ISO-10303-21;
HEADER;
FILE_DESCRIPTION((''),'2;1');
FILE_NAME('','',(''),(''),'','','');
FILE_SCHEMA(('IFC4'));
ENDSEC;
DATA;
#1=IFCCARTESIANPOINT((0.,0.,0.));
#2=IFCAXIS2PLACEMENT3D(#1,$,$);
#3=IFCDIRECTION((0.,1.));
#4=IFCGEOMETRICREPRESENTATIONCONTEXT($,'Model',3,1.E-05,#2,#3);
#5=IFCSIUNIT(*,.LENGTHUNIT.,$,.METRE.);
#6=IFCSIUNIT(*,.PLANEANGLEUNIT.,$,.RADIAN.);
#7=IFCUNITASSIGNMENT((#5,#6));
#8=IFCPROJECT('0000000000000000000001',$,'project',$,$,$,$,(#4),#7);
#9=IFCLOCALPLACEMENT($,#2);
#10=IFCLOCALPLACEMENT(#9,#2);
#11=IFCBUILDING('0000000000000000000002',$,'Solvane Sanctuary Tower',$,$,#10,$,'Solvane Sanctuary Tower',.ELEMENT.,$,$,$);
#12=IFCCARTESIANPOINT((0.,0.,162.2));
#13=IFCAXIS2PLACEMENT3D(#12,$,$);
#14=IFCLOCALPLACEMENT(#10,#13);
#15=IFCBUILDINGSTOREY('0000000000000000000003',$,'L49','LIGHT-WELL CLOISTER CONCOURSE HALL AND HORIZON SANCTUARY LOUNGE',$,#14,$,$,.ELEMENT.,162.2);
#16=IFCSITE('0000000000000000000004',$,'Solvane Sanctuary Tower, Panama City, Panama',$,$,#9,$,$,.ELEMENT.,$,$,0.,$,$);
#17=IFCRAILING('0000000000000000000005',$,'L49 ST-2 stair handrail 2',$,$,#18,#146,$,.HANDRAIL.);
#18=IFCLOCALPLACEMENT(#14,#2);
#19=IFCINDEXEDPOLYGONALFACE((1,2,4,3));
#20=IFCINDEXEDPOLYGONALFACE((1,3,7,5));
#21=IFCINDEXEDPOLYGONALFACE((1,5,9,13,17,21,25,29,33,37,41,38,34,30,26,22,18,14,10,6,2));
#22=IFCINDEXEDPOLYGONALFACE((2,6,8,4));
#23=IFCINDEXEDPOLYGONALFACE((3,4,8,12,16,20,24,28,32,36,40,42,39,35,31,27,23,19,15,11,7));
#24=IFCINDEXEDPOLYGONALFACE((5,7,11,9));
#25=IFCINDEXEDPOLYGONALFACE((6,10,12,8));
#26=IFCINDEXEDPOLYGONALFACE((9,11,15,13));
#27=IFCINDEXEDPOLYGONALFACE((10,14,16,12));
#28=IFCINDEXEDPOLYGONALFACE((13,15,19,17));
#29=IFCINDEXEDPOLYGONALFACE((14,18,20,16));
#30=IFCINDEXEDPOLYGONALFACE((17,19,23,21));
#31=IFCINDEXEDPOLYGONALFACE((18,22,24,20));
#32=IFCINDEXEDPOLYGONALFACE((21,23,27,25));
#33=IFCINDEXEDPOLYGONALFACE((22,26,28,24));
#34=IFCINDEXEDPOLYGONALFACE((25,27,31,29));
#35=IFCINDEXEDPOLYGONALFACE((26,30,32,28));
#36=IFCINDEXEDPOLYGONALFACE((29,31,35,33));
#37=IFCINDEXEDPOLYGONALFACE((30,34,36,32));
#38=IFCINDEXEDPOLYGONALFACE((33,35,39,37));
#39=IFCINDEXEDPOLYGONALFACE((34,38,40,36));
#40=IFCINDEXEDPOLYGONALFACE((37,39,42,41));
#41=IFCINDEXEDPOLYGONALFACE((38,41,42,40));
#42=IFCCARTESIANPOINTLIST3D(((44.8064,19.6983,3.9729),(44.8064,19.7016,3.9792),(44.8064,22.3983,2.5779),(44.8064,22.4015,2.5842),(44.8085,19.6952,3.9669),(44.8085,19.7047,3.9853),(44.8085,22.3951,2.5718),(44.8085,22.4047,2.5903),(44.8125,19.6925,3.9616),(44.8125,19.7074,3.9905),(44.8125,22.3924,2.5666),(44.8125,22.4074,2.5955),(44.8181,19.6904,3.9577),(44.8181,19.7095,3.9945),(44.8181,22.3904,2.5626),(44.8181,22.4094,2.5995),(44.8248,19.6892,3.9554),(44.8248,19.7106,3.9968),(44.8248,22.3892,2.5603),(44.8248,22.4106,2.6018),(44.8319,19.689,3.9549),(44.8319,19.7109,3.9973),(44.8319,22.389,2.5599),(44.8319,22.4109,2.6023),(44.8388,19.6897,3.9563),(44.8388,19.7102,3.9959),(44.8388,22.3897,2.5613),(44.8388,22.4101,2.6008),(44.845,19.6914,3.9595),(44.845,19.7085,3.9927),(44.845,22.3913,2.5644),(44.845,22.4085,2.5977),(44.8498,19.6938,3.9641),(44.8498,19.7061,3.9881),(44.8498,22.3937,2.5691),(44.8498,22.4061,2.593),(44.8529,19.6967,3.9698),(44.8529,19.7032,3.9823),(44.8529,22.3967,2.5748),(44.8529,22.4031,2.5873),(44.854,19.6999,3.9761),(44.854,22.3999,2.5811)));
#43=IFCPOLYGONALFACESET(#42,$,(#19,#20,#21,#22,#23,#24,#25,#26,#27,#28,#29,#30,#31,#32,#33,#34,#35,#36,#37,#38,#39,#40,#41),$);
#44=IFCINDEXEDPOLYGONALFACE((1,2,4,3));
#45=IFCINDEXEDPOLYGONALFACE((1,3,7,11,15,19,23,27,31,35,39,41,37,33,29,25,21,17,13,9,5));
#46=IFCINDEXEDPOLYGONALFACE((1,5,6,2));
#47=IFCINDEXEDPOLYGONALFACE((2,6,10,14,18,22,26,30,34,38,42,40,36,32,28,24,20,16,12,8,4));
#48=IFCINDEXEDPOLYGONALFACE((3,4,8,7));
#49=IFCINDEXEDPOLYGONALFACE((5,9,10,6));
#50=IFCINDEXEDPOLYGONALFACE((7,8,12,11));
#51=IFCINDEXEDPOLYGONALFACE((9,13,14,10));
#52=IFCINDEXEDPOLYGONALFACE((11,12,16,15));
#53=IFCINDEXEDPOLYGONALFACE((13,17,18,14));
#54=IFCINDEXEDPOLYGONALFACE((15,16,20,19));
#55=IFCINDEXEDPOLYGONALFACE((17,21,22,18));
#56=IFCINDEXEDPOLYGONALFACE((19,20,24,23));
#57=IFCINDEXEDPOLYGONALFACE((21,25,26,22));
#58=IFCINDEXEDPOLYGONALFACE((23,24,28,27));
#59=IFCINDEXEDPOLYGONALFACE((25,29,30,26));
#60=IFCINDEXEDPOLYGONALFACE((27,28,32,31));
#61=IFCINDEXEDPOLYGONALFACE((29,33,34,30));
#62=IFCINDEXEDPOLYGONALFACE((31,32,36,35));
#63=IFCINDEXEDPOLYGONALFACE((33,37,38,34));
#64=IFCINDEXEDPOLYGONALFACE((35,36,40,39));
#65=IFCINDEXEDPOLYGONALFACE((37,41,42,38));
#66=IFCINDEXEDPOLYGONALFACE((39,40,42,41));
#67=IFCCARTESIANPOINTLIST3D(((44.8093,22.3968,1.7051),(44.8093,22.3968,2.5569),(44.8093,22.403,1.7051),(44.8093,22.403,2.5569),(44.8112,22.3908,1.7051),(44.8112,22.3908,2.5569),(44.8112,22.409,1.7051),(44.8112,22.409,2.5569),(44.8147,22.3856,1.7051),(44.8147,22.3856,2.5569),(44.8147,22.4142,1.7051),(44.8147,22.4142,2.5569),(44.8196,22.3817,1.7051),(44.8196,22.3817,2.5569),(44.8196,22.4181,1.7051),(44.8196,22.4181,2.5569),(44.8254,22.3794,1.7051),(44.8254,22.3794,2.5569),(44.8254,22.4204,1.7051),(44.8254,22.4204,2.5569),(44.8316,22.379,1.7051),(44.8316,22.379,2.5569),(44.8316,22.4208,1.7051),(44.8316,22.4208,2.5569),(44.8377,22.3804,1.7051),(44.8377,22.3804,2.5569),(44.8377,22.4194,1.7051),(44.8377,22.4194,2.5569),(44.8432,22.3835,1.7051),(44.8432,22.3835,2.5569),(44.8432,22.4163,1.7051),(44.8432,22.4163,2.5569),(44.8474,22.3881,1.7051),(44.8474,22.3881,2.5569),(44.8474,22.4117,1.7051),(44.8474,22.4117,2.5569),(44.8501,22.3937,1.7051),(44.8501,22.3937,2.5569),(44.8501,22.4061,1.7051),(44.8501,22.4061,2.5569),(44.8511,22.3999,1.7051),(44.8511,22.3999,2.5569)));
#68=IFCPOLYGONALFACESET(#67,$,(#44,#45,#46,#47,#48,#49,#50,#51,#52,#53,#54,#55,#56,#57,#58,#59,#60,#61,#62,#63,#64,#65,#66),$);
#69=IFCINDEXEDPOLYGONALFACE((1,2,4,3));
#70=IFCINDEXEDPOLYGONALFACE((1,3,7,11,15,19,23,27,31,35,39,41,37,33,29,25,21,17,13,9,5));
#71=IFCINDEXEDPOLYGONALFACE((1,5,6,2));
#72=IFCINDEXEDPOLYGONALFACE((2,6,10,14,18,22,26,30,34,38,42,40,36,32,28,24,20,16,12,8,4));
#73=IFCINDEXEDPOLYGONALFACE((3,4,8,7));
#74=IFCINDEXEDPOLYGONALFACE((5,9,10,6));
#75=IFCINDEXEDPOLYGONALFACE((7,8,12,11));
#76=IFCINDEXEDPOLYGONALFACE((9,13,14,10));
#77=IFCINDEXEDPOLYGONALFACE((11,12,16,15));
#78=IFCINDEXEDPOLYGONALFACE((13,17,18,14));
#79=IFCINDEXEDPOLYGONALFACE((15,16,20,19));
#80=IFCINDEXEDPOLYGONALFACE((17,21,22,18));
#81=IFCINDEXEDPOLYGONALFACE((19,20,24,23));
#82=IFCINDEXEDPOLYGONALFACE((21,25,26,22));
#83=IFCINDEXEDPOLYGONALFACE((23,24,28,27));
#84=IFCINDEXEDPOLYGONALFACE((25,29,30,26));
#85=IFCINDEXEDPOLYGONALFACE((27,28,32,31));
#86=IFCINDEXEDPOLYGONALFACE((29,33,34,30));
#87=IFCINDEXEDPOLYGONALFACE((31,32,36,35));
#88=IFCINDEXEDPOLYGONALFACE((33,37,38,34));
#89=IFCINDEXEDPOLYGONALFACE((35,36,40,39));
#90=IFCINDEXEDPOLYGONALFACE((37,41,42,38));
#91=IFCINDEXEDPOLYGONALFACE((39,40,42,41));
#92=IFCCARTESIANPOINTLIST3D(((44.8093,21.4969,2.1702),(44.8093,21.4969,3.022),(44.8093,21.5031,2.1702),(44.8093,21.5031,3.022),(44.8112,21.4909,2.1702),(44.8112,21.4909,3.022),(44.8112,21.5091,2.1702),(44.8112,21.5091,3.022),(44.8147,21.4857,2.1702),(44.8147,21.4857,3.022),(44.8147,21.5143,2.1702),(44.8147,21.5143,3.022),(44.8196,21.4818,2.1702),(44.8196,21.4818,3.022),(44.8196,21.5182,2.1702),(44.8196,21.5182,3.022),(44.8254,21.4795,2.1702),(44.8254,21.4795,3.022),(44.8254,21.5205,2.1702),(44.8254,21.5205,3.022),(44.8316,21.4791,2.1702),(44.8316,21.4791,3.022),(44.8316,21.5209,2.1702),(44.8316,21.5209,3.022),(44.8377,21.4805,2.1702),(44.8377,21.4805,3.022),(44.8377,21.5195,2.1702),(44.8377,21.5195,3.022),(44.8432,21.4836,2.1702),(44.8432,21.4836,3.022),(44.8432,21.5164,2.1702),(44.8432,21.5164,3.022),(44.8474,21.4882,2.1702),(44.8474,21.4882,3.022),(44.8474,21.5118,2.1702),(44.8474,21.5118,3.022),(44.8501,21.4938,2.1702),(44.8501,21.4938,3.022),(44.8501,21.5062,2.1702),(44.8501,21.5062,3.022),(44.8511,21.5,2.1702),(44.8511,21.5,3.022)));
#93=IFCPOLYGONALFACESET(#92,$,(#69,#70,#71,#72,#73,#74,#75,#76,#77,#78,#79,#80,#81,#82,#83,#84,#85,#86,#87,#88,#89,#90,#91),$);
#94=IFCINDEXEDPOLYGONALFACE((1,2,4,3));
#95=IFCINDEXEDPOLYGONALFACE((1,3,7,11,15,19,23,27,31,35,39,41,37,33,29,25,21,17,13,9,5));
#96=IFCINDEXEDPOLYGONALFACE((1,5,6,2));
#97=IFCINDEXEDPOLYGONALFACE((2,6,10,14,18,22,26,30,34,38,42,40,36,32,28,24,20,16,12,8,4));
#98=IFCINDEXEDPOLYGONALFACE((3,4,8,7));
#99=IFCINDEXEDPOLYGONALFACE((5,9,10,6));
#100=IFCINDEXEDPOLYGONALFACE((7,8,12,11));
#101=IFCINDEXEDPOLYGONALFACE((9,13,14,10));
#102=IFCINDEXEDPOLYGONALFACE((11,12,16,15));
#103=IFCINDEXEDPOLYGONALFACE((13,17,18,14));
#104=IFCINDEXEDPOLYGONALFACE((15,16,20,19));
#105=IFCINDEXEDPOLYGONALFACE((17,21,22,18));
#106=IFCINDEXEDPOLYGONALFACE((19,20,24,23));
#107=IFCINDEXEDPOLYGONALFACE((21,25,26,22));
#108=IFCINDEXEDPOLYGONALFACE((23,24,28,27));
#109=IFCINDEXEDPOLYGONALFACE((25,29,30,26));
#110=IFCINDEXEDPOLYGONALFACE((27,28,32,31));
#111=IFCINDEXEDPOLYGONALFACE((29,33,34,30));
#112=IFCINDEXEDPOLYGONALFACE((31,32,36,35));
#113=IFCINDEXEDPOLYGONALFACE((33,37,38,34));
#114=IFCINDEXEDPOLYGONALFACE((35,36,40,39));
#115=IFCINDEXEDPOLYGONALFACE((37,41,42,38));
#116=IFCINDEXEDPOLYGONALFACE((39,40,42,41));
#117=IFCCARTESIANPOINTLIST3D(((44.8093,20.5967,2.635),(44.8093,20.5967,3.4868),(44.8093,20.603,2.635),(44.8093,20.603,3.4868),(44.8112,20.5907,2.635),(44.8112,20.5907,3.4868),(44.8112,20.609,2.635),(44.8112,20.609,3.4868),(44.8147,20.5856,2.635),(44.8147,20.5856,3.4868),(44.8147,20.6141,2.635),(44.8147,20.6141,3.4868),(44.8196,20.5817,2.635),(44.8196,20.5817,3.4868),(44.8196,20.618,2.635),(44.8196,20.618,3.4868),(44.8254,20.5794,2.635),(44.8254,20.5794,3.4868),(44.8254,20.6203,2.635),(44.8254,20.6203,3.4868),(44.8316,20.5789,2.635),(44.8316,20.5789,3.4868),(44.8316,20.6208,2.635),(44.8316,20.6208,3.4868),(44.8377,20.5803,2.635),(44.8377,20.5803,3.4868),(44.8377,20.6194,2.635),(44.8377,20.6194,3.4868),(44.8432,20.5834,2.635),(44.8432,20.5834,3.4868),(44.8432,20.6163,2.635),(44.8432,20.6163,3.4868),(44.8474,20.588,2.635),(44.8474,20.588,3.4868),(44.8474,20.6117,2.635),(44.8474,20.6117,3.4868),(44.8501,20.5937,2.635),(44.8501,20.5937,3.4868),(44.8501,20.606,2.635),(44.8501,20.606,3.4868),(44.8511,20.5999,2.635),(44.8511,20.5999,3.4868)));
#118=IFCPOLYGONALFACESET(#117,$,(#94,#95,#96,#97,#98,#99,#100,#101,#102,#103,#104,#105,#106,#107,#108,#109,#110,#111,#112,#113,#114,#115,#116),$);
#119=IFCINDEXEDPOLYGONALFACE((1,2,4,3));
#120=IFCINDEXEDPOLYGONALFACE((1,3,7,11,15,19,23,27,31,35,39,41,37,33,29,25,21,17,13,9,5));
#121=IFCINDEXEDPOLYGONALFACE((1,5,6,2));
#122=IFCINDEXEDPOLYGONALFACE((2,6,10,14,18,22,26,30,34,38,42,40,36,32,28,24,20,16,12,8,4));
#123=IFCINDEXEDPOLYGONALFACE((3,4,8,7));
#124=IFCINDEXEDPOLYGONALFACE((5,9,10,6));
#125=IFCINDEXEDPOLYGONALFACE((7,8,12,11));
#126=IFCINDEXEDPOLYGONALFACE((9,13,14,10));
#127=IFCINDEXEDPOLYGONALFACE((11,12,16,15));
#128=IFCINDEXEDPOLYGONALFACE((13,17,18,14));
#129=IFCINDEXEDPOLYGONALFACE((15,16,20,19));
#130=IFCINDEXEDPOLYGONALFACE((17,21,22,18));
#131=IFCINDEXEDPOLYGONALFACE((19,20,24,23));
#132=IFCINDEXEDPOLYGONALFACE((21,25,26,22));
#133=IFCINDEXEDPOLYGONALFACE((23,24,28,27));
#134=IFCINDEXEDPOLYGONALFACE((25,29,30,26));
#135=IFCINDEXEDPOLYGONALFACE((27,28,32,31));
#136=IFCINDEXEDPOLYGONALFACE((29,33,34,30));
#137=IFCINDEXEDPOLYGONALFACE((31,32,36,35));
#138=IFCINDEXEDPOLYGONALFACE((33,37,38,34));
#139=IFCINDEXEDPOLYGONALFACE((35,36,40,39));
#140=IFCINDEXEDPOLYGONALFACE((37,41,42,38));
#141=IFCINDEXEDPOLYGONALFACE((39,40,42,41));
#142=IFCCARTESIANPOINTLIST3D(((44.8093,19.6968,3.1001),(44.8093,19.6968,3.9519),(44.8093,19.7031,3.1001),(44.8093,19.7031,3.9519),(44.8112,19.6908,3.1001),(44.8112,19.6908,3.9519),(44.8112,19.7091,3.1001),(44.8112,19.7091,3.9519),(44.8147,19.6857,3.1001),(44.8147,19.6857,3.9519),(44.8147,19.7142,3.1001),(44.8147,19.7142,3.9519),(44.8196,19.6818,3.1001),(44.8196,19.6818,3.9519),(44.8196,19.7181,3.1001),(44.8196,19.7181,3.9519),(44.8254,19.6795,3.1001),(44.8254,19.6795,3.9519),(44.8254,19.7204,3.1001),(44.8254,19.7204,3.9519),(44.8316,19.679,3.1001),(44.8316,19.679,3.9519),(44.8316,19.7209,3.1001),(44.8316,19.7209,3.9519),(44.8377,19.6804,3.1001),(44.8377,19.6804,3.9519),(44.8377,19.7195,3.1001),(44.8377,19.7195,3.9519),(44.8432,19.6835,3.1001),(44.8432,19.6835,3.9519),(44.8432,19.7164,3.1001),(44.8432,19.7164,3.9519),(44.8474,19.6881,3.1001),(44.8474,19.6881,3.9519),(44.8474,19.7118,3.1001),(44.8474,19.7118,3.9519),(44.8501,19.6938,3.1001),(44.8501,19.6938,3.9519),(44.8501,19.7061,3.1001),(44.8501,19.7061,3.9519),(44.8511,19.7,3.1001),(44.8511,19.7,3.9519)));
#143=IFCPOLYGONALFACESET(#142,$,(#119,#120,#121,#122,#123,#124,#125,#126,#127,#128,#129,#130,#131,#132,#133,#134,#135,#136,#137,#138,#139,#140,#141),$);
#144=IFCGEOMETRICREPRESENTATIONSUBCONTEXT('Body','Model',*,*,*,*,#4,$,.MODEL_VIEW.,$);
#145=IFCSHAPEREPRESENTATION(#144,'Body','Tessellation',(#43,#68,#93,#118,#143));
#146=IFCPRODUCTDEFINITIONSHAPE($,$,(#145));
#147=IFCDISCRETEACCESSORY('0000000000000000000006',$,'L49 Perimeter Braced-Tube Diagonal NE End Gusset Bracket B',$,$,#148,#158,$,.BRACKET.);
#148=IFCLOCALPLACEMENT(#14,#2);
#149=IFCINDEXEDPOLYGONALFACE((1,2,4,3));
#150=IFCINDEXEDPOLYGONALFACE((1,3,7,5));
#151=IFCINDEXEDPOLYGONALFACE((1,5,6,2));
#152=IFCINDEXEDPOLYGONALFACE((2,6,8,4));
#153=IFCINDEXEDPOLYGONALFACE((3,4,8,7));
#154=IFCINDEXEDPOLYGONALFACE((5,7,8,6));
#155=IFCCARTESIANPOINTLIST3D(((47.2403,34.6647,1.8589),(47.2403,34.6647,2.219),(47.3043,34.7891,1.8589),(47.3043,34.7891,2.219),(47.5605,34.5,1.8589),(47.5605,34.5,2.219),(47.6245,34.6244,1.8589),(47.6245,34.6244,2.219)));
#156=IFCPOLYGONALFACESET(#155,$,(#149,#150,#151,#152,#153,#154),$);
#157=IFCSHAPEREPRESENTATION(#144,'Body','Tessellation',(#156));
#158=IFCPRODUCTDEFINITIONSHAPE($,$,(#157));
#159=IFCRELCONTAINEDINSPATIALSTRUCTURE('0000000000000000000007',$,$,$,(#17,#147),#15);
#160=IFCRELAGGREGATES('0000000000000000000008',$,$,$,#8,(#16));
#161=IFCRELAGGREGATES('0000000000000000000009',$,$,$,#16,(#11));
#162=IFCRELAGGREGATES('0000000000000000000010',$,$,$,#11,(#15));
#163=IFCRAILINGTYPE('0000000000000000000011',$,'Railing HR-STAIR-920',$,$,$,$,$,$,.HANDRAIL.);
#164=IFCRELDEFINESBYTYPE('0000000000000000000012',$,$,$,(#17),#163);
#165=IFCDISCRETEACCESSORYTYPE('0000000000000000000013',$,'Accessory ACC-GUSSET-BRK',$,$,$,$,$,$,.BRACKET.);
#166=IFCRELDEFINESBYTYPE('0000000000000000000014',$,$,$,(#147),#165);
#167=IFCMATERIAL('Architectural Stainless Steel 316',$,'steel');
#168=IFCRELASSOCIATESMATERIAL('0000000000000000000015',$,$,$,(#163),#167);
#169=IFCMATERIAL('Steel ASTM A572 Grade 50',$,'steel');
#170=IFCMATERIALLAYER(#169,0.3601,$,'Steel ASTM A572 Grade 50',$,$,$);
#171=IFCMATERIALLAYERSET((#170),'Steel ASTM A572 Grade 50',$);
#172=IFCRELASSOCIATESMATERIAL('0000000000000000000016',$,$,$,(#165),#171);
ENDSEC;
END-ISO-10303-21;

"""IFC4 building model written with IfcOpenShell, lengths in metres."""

from ifc_helpers import new_model, si_unit, direction, frame, origin, origin_2d, place, context, subcontext, project, spatial, rectangle, circle, extrude, material, layer, layer_set, type_object, element, save


model = new_model("IFC4")

# Units and contexts
model_context = context("Model", 3, precision=1e-05, world=origin(), true_north=direction((0.0, 1.0)))
body_context = subcontext(model_context, "Body", "Model", "MODEL_VIEW")
ifc_project = project(units=[si_unit("LENGTHUNIT", "METRE"), si_unit("PLANEANGLEUNIT", "RADIAN")], contexts=[model_context])

# Site, building, storey
site_placement = place(None, origin())
site = spatial("IfcSite", under=ifc_project, at=site_placement, Name="Solvane Sanctuary Tower, Panama City, Panama", CompositionType="ELEMENT", RefElevation=0.0)
building_placement = place(site_placement, origin())
building = spatial("IfcBuilding", under=site, at=building_placement, Name="Solvane Sanctuary Tower", LongName="Solvane Sanctuary Tower", CompositionType="ELEMENT")
storey_placement = place(building_placement, frame((0.0, 0.0, 162.2)))
storey = spatial("IfcBuildingStorey", under=building, at=storey_placement, Name="L49", Description="LIGHT-WELL CLOISTER CONCOURSE HALL AND HORIZON SANCTUARY LOUNGE", CompositionType="ELEMENT", Elevation=162.2)

# Shared definitions
ifc_material_1 = material(Name="Architectural Stainless Steel 316", Category="steel")

# Railing
railing_type_1 = type_object("IfcRailingType", Name="Railing HR-STAIR-920", PredefinedType="HANDRAIL", material=ifc_material_1)
railing_1_placement = place(storey_placement, frame((44.8301, 22.3999, 1.7051)))
element("IfcRailing", 1, at=railing_1_placement, inside=storey, type_object=railing_type_1, Name="L49 ST-2 stair handrail 2", PredefinedType="HANDRAIL", context=body_context, shape_type="SweptSolid", body=[
    extrude(circle(Radius=0.0239, at=origin_2d()), frame((0.0, 0.0, 0.876), z_axis=(0.0, -0.88842, 0.459032), x_axis=(1.0, 0.0, 0.0)), (0.0, 0.0, 1.0), 3.0391),
    extrude(circle(Radius=0.021, at=origin_2d()), origin(), (0.0, 0.0, 1.0), 0.8518),
    extrude(circle(Radius=0.021, at=origin_2d()), frame((0.0, -0.8999, 0.4651)), (0.0, 0.0, 1.0), 0.8518),
    extrude(circle(Radius=0.021, at=origin_2d()), frame((0.0, -1.8, 0.9299)), (0.0, 0.0, 1.0), 0.8518),
    extrude(circle(Radius=0.021, at=origin_2d()), frame((0.0, -2.7, 1.395)), (0.0, 0.0, 1.0), 0.8518),
])

# Discrete accessory
ifc_material_2 = material(Name="Steel ASTM A572 Grade 50", Category="steel")
ifc_layer_1 = layer(ifc_material_2, 0.3601, Name="Steel ASTM A572 Grade 50")
ifc_layer_set_1 = layer_set([ifc_layer_1], Name="Steel ASTM A572 Grade 50")
discrete_accessory_type = type_object("IfcDiscreteAccessoryType", Name="Accessory ACC-GUSSET-BRK", PredefinedType="BRACKET", material=ifc_layer_set_1)
discrete_accessory_placement = place(storey_placement, frame((47.4324, 34.6445, 1.8589), z_axis=(0.0, 0.0, 1.0), x_axis=(0.889257, -0.457408, 0.0)))
element("IfcDiscreteAccessory", 2, at=discrete_accessory_placement, inside=storey, type_object=discrete_accessory_type, Name="L49 Perimeter Braced-Tube Diagonal NE End Gusset Bracket B", PredefinedType="BRACKET", context=body_context, shape_type="SweptSolid", body=[
    extrude(rectangle(XDim=0.3601, YDim=0.1399, at=origin_2d()), origin(), (0.0, 0.0, 1.0), 0.3601),
])

save(model, "model.ifc")
